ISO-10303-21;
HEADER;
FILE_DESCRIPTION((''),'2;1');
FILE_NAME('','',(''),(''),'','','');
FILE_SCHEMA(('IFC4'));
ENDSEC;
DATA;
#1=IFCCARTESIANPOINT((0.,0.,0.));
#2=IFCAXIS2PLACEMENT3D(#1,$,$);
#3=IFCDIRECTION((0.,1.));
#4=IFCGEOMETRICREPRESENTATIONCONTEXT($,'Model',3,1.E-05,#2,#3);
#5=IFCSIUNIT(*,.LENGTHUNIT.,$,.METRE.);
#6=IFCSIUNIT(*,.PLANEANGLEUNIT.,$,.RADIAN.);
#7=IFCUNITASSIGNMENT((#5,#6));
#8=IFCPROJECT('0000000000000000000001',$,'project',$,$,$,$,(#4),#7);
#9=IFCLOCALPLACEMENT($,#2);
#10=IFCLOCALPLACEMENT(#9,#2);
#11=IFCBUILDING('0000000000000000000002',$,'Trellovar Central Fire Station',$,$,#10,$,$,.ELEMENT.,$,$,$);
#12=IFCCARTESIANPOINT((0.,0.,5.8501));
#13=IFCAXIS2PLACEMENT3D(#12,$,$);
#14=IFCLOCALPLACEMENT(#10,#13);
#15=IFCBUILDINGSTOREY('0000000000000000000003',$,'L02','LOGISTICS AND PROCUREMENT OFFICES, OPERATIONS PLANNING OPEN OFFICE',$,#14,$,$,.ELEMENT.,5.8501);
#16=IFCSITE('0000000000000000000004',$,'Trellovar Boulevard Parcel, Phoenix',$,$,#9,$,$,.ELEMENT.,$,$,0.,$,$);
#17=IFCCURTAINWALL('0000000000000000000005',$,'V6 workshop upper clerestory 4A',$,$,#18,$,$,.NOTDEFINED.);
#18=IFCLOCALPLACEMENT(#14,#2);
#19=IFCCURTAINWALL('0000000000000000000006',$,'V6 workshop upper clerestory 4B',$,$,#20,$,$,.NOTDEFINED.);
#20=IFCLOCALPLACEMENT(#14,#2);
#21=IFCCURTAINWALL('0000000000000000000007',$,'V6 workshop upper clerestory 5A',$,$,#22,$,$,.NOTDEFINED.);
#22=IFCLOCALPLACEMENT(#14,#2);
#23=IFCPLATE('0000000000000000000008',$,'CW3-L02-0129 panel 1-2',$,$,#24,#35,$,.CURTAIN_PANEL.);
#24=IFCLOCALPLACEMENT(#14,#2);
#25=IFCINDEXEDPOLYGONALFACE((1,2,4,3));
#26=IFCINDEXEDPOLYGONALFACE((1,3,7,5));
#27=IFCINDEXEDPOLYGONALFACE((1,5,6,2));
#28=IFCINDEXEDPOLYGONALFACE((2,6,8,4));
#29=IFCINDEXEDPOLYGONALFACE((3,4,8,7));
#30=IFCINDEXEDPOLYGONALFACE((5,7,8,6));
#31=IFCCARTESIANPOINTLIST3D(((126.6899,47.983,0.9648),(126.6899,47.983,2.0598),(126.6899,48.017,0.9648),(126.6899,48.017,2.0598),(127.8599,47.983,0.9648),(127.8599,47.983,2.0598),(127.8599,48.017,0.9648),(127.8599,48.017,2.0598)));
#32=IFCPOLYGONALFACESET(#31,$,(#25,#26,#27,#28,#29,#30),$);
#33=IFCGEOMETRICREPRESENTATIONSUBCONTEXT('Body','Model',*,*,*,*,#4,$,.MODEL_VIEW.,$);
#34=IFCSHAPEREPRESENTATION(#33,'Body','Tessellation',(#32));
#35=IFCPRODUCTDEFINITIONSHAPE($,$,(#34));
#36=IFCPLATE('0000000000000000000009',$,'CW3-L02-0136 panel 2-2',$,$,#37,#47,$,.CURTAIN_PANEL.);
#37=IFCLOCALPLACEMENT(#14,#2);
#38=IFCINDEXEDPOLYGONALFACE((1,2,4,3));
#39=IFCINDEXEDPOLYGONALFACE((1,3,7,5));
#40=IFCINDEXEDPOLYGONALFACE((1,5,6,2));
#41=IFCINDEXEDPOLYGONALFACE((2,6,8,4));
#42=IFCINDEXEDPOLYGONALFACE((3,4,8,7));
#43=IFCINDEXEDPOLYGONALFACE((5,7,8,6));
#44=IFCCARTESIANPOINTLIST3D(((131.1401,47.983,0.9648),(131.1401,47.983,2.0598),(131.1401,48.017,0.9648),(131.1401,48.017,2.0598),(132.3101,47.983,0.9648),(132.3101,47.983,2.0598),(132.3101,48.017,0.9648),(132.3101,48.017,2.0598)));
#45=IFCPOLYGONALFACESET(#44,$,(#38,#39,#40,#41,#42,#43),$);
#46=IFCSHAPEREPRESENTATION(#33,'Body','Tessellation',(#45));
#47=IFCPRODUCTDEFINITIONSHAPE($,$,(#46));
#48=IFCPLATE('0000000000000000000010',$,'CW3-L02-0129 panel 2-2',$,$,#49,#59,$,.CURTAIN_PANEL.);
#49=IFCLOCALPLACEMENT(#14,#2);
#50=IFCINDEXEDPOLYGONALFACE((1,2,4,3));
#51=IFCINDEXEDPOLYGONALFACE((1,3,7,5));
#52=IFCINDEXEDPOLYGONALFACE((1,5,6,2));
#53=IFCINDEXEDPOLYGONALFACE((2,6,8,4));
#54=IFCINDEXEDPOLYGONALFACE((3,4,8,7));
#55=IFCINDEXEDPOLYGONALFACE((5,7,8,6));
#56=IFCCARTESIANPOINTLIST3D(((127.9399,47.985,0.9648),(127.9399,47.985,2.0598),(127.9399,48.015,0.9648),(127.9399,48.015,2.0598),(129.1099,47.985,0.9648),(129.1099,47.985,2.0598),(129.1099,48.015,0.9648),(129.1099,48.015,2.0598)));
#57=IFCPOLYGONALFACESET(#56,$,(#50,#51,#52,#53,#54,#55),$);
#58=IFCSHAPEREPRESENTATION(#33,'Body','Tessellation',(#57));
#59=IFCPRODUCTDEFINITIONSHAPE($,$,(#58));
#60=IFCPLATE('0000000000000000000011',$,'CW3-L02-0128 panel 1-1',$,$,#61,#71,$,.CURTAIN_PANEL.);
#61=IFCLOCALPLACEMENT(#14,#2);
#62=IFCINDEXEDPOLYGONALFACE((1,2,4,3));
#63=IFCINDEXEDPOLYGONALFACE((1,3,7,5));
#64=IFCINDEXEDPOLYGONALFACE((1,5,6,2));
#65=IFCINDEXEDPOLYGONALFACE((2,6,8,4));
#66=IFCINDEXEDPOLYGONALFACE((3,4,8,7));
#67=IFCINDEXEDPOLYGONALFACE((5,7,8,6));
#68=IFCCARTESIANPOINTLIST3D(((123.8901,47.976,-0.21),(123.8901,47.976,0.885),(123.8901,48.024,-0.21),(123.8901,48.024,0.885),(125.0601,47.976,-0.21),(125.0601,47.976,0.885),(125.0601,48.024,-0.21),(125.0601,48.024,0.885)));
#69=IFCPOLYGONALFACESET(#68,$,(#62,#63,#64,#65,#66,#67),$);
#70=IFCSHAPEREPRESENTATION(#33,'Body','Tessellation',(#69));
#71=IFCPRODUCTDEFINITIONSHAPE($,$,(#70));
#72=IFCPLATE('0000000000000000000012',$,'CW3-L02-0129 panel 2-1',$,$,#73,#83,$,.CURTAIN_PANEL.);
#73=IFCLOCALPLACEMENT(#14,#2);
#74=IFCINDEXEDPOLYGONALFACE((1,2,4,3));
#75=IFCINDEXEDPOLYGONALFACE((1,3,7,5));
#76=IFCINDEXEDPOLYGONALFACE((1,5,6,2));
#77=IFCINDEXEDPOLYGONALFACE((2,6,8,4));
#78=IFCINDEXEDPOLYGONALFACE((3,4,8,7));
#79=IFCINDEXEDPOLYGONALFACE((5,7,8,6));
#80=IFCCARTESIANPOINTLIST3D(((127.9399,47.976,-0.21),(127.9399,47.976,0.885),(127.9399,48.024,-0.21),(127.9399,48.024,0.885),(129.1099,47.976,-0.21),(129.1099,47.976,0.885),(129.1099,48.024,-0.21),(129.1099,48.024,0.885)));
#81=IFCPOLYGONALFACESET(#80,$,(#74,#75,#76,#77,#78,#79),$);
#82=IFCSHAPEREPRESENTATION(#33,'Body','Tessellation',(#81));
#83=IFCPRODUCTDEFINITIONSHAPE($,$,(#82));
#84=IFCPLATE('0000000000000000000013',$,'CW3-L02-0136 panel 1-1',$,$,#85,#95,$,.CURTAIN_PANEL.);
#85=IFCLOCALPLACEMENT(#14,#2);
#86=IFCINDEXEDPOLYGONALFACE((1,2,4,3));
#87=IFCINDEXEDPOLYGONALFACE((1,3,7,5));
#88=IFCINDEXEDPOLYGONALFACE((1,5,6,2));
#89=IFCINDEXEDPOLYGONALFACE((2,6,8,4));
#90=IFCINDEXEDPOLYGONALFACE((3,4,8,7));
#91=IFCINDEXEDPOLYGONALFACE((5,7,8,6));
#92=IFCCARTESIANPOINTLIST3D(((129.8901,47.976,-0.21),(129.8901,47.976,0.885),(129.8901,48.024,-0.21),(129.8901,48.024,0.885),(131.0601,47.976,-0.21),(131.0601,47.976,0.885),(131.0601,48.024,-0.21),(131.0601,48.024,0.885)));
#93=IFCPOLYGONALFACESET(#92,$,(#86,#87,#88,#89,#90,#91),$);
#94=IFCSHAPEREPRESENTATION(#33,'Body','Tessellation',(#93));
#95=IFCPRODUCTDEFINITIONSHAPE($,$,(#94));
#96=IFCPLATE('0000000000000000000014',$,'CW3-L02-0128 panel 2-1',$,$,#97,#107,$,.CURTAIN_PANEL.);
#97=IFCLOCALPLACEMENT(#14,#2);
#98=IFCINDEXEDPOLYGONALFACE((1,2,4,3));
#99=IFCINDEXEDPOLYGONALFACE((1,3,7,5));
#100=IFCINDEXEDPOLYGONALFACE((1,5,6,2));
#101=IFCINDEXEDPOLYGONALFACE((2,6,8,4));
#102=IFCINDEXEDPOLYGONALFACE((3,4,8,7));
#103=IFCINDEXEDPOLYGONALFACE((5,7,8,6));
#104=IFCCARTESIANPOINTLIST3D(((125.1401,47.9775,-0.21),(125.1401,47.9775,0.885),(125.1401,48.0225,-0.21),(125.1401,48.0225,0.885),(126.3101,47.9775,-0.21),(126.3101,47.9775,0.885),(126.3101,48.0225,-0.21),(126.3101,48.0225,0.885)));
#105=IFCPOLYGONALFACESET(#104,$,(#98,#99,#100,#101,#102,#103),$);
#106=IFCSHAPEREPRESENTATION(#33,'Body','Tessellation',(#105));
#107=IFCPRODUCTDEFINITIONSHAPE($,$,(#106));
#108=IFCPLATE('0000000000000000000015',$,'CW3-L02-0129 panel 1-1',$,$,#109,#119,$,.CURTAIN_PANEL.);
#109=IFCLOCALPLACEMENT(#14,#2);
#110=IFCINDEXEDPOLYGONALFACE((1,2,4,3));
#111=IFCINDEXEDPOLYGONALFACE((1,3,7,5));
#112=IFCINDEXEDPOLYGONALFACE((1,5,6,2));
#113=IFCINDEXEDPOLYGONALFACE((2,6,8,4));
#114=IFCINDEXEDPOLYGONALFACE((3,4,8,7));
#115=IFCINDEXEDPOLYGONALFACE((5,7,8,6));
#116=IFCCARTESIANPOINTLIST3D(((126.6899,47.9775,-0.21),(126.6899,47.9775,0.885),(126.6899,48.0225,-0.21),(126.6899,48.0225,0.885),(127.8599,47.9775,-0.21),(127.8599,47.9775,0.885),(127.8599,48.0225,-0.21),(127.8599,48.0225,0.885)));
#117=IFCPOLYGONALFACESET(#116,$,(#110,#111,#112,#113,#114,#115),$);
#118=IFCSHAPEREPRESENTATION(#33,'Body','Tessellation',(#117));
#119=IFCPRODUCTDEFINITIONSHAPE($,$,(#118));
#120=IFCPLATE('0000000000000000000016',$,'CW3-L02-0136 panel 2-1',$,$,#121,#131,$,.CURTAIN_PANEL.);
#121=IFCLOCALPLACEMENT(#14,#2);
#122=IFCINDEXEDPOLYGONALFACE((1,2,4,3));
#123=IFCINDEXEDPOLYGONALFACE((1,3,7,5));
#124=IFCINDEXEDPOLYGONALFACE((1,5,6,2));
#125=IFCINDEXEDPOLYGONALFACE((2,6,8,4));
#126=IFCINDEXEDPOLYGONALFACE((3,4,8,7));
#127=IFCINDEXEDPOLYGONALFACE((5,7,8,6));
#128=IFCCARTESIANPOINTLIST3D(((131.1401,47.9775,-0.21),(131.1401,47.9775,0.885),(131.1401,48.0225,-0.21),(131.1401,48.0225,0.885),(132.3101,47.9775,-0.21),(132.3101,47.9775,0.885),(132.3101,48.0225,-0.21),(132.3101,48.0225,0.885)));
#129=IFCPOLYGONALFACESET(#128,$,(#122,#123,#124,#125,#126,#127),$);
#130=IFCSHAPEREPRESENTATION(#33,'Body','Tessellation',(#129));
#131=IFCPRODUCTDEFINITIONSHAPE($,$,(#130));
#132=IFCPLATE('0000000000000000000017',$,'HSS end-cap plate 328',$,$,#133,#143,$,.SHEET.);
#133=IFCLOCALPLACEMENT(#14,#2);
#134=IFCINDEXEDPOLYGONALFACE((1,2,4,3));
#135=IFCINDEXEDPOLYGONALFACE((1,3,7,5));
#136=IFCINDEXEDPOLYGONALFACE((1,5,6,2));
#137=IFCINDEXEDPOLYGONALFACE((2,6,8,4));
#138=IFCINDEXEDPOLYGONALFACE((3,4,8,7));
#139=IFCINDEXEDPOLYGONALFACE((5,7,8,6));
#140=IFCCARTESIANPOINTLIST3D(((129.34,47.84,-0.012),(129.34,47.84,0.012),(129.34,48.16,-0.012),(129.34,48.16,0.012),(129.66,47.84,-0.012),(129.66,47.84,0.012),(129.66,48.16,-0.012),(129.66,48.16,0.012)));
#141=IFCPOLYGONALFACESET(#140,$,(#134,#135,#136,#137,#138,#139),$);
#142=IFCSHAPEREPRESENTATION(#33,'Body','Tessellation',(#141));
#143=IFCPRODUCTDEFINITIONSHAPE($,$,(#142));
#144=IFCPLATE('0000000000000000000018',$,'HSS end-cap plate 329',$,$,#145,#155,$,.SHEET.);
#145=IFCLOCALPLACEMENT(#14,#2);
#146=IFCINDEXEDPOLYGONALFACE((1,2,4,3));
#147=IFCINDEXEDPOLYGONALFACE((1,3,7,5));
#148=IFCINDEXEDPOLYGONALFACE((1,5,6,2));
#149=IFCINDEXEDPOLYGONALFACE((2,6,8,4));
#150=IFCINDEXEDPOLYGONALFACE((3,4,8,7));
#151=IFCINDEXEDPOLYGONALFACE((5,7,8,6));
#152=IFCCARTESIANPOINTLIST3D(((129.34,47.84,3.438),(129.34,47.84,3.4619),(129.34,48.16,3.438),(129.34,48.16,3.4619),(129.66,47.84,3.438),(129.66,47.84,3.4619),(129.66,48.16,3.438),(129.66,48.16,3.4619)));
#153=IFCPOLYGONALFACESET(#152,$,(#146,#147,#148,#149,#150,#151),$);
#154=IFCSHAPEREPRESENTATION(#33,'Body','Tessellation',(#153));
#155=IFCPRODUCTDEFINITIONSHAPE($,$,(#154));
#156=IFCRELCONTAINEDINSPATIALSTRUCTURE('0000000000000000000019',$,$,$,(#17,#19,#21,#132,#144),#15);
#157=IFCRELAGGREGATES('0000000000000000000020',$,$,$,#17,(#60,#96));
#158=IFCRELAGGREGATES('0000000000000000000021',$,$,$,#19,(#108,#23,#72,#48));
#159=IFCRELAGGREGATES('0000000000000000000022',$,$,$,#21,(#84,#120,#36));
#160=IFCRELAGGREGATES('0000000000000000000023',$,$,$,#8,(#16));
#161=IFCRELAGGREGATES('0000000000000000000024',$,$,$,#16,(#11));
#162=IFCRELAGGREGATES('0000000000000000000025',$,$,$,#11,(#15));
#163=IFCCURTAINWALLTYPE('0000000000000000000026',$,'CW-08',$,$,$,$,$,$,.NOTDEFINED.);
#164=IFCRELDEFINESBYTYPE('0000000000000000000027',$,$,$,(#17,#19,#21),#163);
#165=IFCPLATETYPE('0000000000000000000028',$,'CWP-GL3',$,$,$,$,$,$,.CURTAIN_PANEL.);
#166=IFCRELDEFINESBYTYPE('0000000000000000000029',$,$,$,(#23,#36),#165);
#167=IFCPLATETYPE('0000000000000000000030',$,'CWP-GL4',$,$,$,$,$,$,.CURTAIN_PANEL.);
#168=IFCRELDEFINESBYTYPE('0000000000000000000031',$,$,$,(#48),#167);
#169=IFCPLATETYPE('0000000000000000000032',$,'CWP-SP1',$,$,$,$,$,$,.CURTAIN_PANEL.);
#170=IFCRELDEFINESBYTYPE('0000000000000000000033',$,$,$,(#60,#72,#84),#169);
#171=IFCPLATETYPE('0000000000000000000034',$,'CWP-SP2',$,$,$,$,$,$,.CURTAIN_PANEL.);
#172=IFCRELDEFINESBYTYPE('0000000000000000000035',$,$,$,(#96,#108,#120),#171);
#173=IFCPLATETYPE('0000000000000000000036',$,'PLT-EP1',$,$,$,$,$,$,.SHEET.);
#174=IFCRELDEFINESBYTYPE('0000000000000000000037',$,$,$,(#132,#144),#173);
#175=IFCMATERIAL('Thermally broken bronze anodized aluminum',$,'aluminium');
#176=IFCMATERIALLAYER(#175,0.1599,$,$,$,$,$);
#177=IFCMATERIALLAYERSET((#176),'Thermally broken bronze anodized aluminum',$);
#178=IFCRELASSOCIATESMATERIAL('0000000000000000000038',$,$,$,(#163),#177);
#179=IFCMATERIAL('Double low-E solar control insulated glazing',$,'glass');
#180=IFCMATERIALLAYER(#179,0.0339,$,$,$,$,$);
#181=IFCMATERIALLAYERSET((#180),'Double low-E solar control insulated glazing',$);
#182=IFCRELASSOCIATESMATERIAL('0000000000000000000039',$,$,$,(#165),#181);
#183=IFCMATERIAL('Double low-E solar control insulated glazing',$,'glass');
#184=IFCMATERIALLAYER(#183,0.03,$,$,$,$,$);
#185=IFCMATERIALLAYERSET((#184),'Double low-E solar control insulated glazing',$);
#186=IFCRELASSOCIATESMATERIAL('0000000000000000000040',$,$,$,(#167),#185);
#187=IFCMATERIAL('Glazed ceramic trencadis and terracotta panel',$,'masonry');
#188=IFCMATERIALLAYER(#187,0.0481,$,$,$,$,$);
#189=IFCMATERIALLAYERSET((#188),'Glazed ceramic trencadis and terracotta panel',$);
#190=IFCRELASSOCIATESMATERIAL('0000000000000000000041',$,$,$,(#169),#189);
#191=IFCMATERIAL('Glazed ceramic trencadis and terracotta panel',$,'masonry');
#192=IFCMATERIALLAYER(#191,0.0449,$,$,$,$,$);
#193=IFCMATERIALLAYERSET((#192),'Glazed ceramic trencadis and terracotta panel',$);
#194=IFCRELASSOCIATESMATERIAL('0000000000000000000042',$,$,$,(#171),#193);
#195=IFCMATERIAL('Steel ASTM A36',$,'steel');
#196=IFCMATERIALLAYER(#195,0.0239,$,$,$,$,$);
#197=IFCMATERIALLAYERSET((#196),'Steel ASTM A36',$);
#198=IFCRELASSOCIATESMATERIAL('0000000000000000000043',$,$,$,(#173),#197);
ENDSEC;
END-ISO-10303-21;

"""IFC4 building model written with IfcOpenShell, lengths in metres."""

from ifc_helpers import new_model, si_unit, direction, frame, origin, origin_2d, place, context, subcontext, project, spatial, rectangle, extrude, material, layer, layer_set, type_object, element, aggregate, save


model = new_model("IFC4")

# Units and contexts
model_context = context("Model", 3, precision=1e-05, world=origin(), true_north=direction((0.0, 1.0)))
body_context = subcontext(model_context, "Body", "Model", "MODEL_VIEW")
ifc_project = project(units=[si_unit("LENGTHUNIT", "METRE"), si_unit("PLANEANGLEUNIT", "RADIAN")], contexts=[model_context])

# Site, building, storey
site_placement = place(None, origin())
site = spatial("IfcSite", under=ifc_project, at=site_placement, Name="Trellovar Boulevard Parcel, Phoenix", CompositionType="ELEMENT", RefElevation=0.0)
building_placement = place(site_placement, origin())
building = spatial("IfcBuilding", under=site, at=building_placement, Name="Trellovar Central Fire Station", CompositionType="ELEMENT")
storey_placement = place(building_placement, frame((0.0, 0.0, 5.8501)))
storey = spatial("IfcBuildingStorey", under=building, at=storey_placement, Name="L02", Description="LOGISTICS AND PROCUREMENT OFFICES, OPERATIONS PLANNING OPEN OFFICE", CompositionType="ELEMENT", Elevation=5.8501)

# Curtain walls
ifc_material_1 = material(Name="Thermally broken bronze anodized aluminum", Category="aluminium")
ifc_layer_1 = layer(ifc_material_1, 0.1599)
ifc_layer_set_1 = layer_set([ifc_layer_1], Name="Thermally broken bronze anodized aluminum")
curtain_wall_type = type_object("IfcCurtainWallType", Name="CW-08", PredefinedType="NOTDEFINED", material=ifc_layer_set_1)
curtain_wall_1_placement = place(storey_placement, origin())
curtain_wall_1 = element("IfcCurtainWall", 1, at=curtain_wall_1_placement, inside=storey, type_object=curtain_wall_type, Name="V6 workshop upper clerestory 4A", PredefinedType="NOTDEFINED")
curtain_wall_2_placement = place(storey_placement, origin())
curtain_wall_2 = element("IfcCurtainWall", 2, at=curtain_wall_2_placement, inside=storey, type_object=curtain_wall_type, Name="V6 workshop upper clerestory 4B", PredefinedType="NOTDEFINED")
curtain_wall_3_placement = place(storey_placement, origin())
curtain_wall_3 = element("IfcCurtainWall", 3, at=curtain_wall_3_placement, inside=storey, type_object=curtain_wall_type, Name="V6 workshop upper clerestory 5A", PredefinedType="NOTDEFINED")

# Plates
ifc_material_2 = material(Name="Double low-E solar control insulated glazing", Category="glass")
ifc_layer_2 = layer(ifc_material_2, 0.0339)
ifc_layer_set_2 = layer_set([ifc_layer_2], Name="Double low-E solar control insulated glazing")
plate_type_1 = type_object("IfcPlateType", Name="CWP-GL3", PredefinedType="CURTAIN_PANEL", material=ifc_layer_set_2)
plate_1_placement = place(storey_placement, frame((127.2749, 48.0, 0.9648), z_axis=(0.0, 0.0, 1.0), x_axis=(1.0, 0.0, 0.0)))
plate_1 = element("IfcPlate", 4, at=plate_1_placement, type_object=plate_type_1, Name="CW3-L02-0129 panel 1-2", PredefinedType="CURTAIN_PANEL", context=body_context, shape_type="SweptSolid", body=[
    extrude(rectangle(XDim=1.1699, YDim=0.0339, at=origin_2d()), origin(), (0.0, 0.0, 1.0), 1.095),
])
plate_2_placement = place(storey_placement, frame((131.7251, 48.0, 0.9648), z_axis=(0.0, 0.0, 1.0), x_axis=(1.0, 0.0, 0.0)))
plate_2 = element("IfcPlate", 5, at=plate_2_placement, type_object=plate_type_1, Name="CW3-L02-0136 panel 2-2", PredefinedType="CURTAIN_PANEL", context=body_context, shape_type="SweptSolid", body=[
    extrude(rectangle(XDim=1.1699, YDim=0.0339, at=origin_2d()), origin(), (0.0, 0.0, 1.0), 1.095),
])
ifc_material_3 = material(Name="Double low-E solar control insulated glazing", Category="glass")
ifc_layer_3 = layer(ifc_material_3, 0.03)
ifc_layer_set_3 = layer_set([ifc_layer_3], Name="Double low-E solar control insulated glazing")
plate_type_2 = type_object("IfcPlateType", Name="CWP-GL4", PredefinedType="CURTAIN_PANEL", material=ifc_layer_set_3)
plate_3_placement = place(storey_placement, frame((128.5249, 48.0, 0.9648), z_axis=(0.0, 0.0, 1.0), x_axis=(1.0, 0.0, 0.0)))
plate_3 = element("IfcPlate", 6, at=plate_3_placement, type_object=plate_type_2, Name="CW3-L02-0129 panel 2-2", PredefinedType="CURTAIN_PANEL", context=body_context, shape_type="SweptSolid", body=[
    extrude(rectangle(XDim=1.1699, YDim=0.03, at=origin_2d()), origin(), (0.0, 0.0, 1.0), 1.095),
])
ifc_material_4 = material(Name="Glazed ceramic trencadis and terracotta panel", Category="masonry")
ifc_layer_4 = layer(ifc_material_4, 0.0481)
ifc_layer_set_4 = layer_set([ifc_layer_4], Name="Glazed ceramic trencadis and terracotta panel")
plate_type_3 = type_object("IfcPlateType", Name="CWP-SP1", PredefinedType="CURTAIN_PANEL", material=ifc_layer_set_4)
plate_4_placement = place(storey_placement, frame((124.4751, 48.0, -0.21), z_axis=(0.0, 0.0, 1.0), x_axis=(1.0, 0.0, 0.0)))
plate_4 = element("IfcPlate", 7, at=plate_4_placement, type_object=plate_type_3, Name="CW3-L02-0128 panel 1-1", PredefinedType="CURTAIN_PANEL", context=body_context, shape_type="SweptSolid", body=[
    extrude(rectangle(XDim=1.1699, YDim=0.0481, at=origin_2d()), origin(), (0.0, 0.0, 1.0), 1.095),
])
plate_5_placement = place(storey_placement, frame((128.5249, 48.0, -0.21), z_axis=(0.0, 0.0, 1.0), x_axis=(1.0, 0.0, 0.0)))
plate_5 = element("IfcPlate", 8, at=plate_5_placement, type_object=plate_type_3, Name="CW3-L02-0129 panel 2-1", PredefinedType="CURTAIN_PANEL", context=body_context, shape_type="SweptSolid", body=[
    extrude(rectangle(XDim=1.1699, YDim=0.0481, at=origin_2d()), origin(), (0.0, 0.0, 1.0), 1.095),
])
plate_6_placement = place(storey_placement, frame((130.4751, 48.0, -0.21), z_axis=(0.0, 0.0, 1.0), x_axis=(1.0, 0.0, 0.0)))
plate_6 = element("IfcPlate", 9, at=plate_6_placement, type_object=plate_type_3, Name="CW3-L02-0136 panel 1-1", PredefinedType="CURTAIN_PANEL", context=body_context, shape_type="SweptSolid", body=[
    extrude(rectangle(XDim=1.1699, YDim=0.0481, at=origin_2d()), origin(), (0.0, 0.0, 1.0), 1.095),
])
ifc_material_5 = material(Name="Glazed ceramic trencadis and terracotta panel", Category="masonry")
ifc_layer_5 = layer(ifc_material_5, 0.0449)
ifc_layer_set_5 = layer_set([ifc_layer_5], Name="Glazed ceramic trencadis and terracotta panel")
plate_type_4 = type_object("IfcPlateType", Name="CWP-SP2", PredefinedType="CURTAIN_PANEL", material=ifc_layer_set_5)
plate_7_placement = place(storey_placement, frame((125.7251, 48.0, -0.21), z_axis=(0.0, 0.0, 1.0), x_axis=(1.0, 0.0, 0.0)))
plate_7 = element("IfcPlate", 10, at=plate_7_placement, type_object=plate_type_4, Name="CW3-L02-0128 panel 2-1", PredefinedType="CURTAIN_PANEL", context=body_context, shape_type="SweptSolid", body=[
    extrude(rectangle(XDim=1.1699, YDim=0.0449, at=origin_2d()), origin(), (0.0, 0.0, 1.0), 1.095),
])
aggregate(curtain_wall_1, [plate_4, plate_7])
plate_8_placement = place(storey_placement, frame((127.2749, 48.0, -0.21), z_axis=(0.0, 0.0, 1.0), x_axis=(1.0, 0.0, 0.0)))
plate_8 = element("IfcPlate", 11, at=plate_8_placement, type_object=plate_type_4, Name="CW3-L02-0129 panel 1-1", PredefinedType="CURTAIN_PANEL", context=body_context, shape_type="SweptSolid", body=[
    extrude(rectangle(XDim=1.1699, YDim=0.0449, at=origin_2d()), origin(), (0.0, 0.0, 1.0), 1.095),
])
aggregate(curtain_wall_2, [plate_8, plate_1, plate_5, plate_3])
plate_9_placement = place(storey_placement, frame((131.7251, 48.0, -0.21), z_axis=(0.0, 0.0, 1.0), x_axis=(1.0, 0.0, 0.0)))
plate_9 = element("IfcPlate", 12, at=plate_9_placement, type_object=plate_type_4, Name="CW3-L02-0136 panel 2-1", PredefinedType="CURTAIN_PANEL", context=body_context, shape_type="SweptSolid", body=[
    extrude(rectangle(XDim=1.1699, YDim=0.0449, at=origin_2d()), origin(), (0.0, 0.0, 1.0), 1.095),
])
aggregate(curtain_wall_3, [plate_6, plate_9, plate_2])

# Plates
ifc_material_6 = material(Name="Steel ASTM A36", Category="steel")
ifc_layer_6 = layer(ifc_material_6, 0.0239)
ifc_layer_set_6 = layer_set([ifc_layer_6], Name="Steel ASTM A36")
plate_type_5 = type_object("IfcPlateType", Name="PLT-EP1", PredefinedType="SHEET", material=ifc_layer_set_6)
for number, where, z_axis, x_axis, name in (
    (13, (129.5, 48.0, -0.012), (0.0, 0.0, 1.0), (1.0, 0.0, 0.0), "HSS end-cap plate 328"),
    (14, (129.5, 48.0, 3.438), (0.0, 0.0, 1.0), (1.0, 0.0, 0.0), "HSS end-cap plate 329"),
):
    element("IfcPlate", number, at=place(storey_placement, frame(where, z_axis=z_axis, x_axis=x_axis)), inside=storey, type_object=plate_type_5, Name=name, PredefinedType="SHEET", context=body_context, shape_type="SweptSolid", body=[
        extrude(rectangle(XDim=0.3201, YDim=0.3201, at=origin_2d()), origin(), (0.0, 0.0, 1.0), 0.0239),
    ])

save(model, "model.ifc")
